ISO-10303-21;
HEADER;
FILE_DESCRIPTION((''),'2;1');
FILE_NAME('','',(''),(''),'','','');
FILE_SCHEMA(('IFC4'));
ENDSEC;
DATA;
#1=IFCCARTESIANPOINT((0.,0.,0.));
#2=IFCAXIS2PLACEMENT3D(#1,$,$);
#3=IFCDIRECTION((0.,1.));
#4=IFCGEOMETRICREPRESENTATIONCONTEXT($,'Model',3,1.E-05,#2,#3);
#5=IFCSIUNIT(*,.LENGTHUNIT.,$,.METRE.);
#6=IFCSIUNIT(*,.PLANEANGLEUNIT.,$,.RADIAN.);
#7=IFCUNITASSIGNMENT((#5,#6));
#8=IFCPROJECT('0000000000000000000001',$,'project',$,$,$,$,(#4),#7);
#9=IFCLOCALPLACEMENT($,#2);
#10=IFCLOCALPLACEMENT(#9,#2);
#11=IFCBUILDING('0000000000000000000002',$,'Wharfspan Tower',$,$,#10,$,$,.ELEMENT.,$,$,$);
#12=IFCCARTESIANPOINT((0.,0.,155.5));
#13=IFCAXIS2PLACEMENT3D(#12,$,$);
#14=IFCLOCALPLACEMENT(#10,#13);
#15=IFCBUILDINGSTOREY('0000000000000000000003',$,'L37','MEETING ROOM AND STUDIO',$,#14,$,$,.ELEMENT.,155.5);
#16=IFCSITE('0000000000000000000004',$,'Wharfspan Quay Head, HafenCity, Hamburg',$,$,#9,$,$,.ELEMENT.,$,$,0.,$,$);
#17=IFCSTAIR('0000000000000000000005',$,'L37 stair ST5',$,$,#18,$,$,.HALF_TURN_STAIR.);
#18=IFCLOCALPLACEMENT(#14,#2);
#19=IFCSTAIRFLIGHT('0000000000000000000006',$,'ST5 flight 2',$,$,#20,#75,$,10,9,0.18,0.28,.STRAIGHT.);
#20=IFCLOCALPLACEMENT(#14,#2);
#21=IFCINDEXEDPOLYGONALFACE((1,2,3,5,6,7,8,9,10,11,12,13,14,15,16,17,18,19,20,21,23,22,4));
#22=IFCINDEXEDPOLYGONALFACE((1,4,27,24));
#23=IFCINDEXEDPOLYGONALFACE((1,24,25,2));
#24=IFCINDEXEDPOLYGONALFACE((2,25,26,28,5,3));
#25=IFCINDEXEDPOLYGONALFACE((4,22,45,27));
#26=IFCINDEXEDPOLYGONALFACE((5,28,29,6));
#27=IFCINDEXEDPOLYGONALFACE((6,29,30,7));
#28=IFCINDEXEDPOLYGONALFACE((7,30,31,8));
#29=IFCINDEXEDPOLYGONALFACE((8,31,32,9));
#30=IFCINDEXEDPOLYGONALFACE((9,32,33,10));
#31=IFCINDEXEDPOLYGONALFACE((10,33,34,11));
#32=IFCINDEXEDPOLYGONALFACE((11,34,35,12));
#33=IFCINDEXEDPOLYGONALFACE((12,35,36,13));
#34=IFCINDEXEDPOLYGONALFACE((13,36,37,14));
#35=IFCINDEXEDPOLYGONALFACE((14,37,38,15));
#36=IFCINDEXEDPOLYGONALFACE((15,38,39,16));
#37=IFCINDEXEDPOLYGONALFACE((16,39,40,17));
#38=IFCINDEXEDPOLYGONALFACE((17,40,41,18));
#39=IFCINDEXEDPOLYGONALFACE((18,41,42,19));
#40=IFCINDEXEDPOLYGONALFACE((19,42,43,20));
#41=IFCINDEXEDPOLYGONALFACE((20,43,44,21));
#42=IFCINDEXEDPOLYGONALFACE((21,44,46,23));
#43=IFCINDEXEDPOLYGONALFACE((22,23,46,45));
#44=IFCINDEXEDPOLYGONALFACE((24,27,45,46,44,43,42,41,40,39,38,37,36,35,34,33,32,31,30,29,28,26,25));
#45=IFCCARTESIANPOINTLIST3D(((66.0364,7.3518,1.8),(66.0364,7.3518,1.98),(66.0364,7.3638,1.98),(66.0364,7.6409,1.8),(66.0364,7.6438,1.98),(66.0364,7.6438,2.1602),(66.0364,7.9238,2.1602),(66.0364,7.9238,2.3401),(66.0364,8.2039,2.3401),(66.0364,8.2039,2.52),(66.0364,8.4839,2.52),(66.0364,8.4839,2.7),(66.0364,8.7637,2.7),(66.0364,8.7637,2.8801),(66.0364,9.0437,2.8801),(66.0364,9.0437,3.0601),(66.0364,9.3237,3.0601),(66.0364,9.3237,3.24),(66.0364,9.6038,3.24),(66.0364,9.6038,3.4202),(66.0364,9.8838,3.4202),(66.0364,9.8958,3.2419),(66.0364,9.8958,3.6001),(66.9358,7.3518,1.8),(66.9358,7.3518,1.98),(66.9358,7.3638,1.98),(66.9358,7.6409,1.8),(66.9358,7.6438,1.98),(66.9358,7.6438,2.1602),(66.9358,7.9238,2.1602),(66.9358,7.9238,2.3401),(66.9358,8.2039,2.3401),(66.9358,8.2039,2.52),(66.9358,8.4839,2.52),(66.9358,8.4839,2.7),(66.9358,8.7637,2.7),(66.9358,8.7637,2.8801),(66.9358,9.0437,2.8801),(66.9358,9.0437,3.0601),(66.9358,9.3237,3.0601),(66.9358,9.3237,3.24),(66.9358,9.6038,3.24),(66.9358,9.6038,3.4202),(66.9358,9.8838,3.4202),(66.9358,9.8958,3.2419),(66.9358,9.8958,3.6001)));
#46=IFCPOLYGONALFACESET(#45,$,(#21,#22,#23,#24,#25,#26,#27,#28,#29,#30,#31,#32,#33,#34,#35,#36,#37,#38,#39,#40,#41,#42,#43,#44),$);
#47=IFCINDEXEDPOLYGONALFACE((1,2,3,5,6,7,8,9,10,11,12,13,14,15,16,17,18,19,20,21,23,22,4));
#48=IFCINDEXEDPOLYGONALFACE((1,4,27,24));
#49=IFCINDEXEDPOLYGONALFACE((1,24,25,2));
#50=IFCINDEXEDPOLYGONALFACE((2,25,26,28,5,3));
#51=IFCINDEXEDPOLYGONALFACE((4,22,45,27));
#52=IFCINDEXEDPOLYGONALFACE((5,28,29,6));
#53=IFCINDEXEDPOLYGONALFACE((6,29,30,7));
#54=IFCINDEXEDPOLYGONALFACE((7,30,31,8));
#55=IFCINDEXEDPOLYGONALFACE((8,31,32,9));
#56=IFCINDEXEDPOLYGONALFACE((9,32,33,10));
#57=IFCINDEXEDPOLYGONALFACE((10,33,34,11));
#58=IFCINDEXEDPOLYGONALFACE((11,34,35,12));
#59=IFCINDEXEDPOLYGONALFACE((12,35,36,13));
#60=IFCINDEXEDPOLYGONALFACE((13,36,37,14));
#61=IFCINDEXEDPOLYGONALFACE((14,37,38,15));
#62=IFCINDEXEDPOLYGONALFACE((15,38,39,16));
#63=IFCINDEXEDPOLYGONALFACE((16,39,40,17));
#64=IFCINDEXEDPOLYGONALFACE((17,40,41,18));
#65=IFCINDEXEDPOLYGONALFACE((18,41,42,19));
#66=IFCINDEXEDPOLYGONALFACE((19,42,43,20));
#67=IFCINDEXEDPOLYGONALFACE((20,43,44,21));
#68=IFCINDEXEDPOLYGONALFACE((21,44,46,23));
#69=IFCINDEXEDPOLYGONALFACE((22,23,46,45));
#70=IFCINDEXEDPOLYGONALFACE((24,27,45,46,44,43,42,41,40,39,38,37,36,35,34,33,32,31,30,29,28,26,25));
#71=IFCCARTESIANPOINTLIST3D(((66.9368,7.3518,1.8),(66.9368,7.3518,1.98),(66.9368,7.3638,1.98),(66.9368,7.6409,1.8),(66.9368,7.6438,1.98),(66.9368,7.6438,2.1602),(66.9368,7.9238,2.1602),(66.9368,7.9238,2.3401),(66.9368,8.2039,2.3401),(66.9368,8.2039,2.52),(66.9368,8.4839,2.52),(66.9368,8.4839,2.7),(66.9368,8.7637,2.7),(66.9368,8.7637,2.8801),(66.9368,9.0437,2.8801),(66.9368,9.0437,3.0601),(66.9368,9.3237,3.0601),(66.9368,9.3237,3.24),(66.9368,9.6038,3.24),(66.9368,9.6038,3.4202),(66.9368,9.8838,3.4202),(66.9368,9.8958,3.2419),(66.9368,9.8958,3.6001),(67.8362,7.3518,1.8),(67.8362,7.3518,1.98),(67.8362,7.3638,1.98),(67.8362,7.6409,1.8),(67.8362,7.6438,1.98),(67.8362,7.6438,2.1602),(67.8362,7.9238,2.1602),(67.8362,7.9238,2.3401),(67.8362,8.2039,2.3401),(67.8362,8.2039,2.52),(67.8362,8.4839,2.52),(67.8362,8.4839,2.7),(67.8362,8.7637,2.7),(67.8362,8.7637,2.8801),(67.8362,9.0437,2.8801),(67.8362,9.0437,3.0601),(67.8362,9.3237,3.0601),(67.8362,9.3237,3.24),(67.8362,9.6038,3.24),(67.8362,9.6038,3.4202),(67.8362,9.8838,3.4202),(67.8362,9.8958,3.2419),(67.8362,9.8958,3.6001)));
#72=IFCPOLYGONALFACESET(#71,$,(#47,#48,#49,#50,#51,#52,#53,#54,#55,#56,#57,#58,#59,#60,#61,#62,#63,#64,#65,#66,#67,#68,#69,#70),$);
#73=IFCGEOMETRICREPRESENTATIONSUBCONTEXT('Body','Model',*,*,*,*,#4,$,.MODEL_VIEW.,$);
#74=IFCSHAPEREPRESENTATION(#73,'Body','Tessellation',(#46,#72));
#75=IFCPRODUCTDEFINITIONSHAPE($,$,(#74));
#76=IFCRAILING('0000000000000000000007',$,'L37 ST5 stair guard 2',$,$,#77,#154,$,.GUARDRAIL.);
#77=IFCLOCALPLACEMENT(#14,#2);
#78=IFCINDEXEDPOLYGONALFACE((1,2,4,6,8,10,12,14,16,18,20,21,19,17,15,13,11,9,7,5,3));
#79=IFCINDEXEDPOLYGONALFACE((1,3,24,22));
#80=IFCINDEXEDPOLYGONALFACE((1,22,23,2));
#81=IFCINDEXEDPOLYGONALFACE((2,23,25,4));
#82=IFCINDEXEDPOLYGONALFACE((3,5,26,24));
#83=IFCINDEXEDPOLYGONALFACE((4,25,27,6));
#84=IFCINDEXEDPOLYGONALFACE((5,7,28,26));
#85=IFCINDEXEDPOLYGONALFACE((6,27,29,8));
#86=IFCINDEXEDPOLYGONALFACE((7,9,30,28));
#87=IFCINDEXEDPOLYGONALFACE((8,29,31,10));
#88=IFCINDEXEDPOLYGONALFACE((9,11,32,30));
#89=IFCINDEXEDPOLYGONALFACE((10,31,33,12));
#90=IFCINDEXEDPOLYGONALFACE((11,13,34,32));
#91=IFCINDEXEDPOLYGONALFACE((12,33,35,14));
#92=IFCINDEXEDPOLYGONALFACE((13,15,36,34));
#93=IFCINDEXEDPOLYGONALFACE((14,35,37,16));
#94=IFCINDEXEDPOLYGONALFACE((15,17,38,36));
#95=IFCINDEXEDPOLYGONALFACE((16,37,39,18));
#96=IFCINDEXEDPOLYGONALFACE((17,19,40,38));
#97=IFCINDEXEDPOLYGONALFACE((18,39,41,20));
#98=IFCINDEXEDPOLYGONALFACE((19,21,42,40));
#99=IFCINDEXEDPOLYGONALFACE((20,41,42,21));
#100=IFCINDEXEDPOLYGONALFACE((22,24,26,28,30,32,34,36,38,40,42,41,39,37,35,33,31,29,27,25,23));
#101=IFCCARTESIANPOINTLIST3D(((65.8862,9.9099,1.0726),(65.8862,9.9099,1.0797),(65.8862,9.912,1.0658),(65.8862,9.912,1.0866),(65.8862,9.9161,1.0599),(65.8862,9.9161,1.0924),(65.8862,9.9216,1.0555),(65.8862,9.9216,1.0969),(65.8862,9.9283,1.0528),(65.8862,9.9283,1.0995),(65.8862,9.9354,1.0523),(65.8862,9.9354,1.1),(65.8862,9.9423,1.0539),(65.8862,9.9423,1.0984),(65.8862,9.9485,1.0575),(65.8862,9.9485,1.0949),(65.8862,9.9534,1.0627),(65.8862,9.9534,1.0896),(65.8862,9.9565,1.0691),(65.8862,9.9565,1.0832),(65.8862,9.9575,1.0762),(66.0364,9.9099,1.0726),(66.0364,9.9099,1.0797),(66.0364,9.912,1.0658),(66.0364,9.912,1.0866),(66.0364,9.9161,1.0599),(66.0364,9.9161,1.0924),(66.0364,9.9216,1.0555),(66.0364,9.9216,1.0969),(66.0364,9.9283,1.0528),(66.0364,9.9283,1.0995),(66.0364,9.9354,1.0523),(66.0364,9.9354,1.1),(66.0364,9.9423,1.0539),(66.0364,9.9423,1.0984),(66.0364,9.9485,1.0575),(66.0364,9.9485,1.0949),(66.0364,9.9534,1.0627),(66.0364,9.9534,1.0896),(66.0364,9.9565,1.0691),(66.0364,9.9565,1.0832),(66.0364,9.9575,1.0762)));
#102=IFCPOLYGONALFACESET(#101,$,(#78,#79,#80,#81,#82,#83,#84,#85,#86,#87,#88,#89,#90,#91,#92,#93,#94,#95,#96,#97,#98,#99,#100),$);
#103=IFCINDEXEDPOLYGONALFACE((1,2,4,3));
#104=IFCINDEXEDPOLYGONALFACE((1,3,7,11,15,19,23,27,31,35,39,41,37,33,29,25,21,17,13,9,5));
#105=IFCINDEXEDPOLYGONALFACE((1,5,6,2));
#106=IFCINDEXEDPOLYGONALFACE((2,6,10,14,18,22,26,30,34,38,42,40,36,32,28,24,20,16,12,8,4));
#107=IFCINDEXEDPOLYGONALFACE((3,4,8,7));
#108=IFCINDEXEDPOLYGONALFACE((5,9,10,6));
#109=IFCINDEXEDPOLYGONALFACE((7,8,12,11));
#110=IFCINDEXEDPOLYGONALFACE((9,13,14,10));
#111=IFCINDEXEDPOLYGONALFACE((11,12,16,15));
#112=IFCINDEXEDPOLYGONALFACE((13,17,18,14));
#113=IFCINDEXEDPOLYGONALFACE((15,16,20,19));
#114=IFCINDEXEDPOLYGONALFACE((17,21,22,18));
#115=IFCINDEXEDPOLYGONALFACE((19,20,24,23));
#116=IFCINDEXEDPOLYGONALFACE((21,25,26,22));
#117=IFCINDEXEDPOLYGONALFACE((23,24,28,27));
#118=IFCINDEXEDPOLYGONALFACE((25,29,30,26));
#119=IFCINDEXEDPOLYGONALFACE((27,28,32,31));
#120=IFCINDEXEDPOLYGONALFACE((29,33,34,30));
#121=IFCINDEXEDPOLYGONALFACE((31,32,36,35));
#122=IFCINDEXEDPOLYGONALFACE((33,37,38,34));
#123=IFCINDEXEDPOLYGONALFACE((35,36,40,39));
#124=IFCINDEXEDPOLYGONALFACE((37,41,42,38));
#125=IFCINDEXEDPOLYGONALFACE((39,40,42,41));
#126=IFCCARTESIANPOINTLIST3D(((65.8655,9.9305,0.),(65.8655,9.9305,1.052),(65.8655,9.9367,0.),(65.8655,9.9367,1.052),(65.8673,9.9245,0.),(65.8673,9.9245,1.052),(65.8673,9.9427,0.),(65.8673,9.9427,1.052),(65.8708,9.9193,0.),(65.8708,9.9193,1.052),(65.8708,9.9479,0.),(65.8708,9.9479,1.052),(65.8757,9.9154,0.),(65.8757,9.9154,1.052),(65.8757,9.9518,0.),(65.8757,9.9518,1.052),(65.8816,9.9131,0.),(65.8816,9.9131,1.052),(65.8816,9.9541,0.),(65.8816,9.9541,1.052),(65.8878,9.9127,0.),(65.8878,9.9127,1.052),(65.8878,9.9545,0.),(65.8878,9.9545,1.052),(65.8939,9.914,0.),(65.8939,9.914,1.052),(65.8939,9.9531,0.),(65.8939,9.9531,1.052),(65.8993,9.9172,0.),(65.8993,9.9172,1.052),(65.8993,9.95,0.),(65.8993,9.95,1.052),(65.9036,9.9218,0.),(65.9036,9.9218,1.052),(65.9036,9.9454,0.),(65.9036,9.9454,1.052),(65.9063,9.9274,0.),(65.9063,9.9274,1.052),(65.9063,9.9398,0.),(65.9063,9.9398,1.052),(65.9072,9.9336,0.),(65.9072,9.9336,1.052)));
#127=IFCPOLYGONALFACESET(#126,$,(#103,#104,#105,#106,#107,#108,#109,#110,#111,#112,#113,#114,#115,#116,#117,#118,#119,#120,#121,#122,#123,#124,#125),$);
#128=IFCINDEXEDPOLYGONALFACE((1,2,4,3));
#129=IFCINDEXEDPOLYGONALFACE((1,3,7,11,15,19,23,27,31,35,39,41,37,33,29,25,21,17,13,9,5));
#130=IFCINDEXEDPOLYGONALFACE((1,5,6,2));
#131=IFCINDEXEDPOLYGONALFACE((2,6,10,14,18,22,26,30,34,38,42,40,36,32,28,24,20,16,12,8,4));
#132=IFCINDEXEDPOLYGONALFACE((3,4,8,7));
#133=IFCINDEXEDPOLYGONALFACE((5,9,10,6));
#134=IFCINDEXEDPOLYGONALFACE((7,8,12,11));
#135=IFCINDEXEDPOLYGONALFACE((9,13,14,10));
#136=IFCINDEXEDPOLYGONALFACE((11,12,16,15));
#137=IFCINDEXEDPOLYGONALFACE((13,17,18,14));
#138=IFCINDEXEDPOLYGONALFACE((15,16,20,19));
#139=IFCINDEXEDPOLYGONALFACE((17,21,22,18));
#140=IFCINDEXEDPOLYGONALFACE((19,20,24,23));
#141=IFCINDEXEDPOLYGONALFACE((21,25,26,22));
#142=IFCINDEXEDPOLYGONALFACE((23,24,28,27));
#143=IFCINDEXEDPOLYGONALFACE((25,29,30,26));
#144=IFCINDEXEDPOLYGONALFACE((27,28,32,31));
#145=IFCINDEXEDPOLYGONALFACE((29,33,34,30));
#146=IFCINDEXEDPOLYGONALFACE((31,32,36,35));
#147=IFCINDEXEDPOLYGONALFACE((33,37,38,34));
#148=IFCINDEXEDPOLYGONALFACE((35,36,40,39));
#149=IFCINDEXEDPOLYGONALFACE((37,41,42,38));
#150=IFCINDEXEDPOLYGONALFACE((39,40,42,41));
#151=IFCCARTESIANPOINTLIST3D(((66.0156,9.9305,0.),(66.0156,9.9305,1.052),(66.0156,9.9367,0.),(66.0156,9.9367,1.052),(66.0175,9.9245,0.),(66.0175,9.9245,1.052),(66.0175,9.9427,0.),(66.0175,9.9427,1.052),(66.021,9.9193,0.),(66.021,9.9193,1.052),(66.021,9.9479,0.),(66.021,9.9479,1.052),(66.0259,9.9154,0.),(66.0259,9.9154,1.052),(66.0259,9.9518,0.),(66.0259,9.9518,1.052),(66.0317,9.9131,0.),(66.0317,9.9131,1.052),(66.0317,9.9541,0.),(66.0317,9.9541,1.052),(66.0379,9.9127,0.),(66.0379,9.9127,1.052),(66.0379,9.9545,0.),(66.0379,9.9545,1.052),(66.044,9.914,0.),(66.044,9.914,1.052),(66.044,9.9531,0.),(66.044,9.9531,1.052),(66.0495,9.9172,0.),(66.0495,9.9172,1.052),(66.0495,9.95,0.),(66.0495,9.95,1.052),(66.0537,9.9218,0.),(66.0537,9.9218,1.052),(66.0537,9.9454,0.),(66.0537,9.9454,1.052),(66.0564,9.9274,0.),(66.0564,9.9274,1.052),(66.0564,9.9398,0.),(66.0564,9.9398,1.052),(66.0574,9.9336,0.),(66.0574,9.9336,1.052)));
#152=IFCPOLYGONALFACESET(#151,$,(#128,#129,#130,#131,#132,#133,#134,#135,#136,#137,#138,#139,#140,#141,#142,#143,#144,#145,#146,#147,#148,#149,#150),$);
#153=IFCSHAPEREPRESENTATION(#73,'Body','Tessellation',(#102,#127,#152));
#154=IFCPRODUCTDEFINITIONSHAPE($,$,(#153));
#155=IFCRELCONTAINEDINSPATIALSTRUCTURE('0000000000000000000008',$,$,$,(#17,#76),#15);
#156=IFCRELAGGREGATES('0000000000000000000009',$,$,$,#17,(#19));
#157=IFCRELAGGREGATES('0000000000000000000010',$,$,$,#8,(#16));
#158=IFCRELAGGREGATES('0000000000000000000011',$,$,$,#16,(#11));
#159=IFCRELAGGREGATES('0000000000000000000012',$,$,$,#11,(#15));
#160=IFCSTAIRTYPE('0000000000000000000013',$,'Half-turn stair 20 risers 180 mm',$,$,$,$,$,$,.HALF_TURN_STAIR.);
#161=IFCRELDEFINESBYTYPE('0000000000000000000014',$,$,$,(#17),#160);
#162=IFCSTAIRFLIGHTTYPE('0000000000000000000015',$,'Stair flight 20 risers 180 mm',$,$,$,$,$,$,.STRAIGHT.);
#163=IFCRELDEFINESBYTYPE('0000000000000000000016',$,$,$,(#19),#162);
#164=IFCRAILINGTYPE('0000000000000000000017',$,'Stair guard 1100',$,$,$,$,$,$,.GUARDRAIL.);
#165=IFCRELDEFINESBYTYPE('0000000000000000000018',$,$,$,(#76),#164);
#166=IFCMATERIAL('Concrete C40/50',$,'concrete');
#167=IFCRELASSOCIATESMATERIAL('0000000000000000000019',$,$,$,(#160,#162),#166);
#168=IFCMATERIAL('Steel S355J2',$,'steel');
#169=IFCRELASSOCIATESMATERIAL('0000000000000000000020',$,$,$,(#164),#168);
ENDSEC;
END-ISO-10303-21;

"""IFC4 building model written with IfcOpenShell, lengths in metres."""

from ifc_helpers import new_model, si_unit, direction, frame, origin, origin_2d, place, context, subcontext, project, spatial, polyline, circle, outline, extrude, material, type_object, element, aggregate, save


model = new_model("IFC4")

# Units and contexts
model_context = context("Model", 3, precision=1e-05, world=origin(), true_north=direction((0.0, 1.0)))
body_context = subcontext(model_context, "Body", "Model", "MODEL_VIEW")
ifc_project = project(units=[si_unit("LENGTHUNIT", "METRE"), si_unit("PLANEANGLEUNIT", "RADIAN")], contexts=[model_context])

# Site, building, storey
site_placement = place(None, origin())
site = spatial("IfcSite", under=ifc_project, at=site_placement, Name="Wharfspan Quay Head, HafenCity, Hamburg", CompositionType="ELEMENT", RefElevation=0.0)
building_placement = place(site_placement, origin())
building = spatial("IfcBuilding", under=site, at=building_placement, Name="Wharfspan Tower", CompositionType="ELEMENT")
storey_placement = place(building_placement, frame((0.0, 0.0, 155.5)))
storey = spatial("IfcBuildingStorey", under=building, at=storey_placement, Name="L37", Description="MEETING ROOM AND STUDIO", CompositionType="ELEMENT", Elevation=155.5)

# Shared definitions
ifc_material_1 = material(Name="Steel S355J2", Category="steel")

# Shared definitions
ifc_material_2 = material(Name="Concrete C40/50", Category="concrete")

# Stair, stair flight
stair_type = type_object("IfcStairType", Name="Half-turn stair 20 risers 180 mm", PredefinedType="HALF_TURN_STAIR", material=ifc_material_2)
stair_placement = place(storey_placement, origin())
stair = element("IfcStair", 1, at=stair_placement, inside=storey, type_object=stair_type, Name="L37 stair ST5", PredefinedType="HALF_TURN_STAIR")
stair_flight_type = type_object("IfcStairFlightType", Name="Stair flight 20 risers 180 mm", PredefinedType="STRAIGHT", material=ifc_material_2)
stair_flight_1_placement = place(storey_placement, frame((66.9363, 7.3638, 1.8), z_axis=(0.0, 0.0, 1.0), x_axis=(0.0, 1.0, 0.0)))
stair_flight_1 = element("IfcStairFlight", 2, at=stair_flight_1_placement, type_object=stair_flight_type, Name="ST5 flight 2", NumberOfRisers=10, NumberOfTreads=9, PredefinedType="STRAIGHT", RiserHeight=0.18, TreadLength=0.28, context=body_context, shape_type="SweptSolid", body=[
    extrude(outline(polyline([(-0.012, 0.0), (-0.012, 0.1799), (0.0, 0.1799), (0.28, 0.1799), (0.28, 0.3601), (0.5601, 0.3601), (0.5601, 0.54), (0.8401, 0.54), (0.8401, 0.72), (1.1201, 0.72), (1.1201, 0.8999), (1.3999, 0.8999), (1.3999, 1.0801), (1.6799, 1.0801), (1.6799, 1.26), (1.96, 1.26), (1.96, 1.4399), (2.24, 1.4399), (2.24, 1.6201), (2.52, 1.6201), (2.532, 1.8), (2.532, 1.4419), (0.2771, 0.0), (-0.012, 0.0)])), frame((0.0, 0.8999, 0.0), z_axis=(0.0, -1.0, 0.0), x_axis=(1.0, 0.0, 0.0)), (0.0, 0.0, 1.0), 0.8994),
    extrude(outline(polyline([(-0.012, 0.0), (-0.012, 0.1799), (0.0, 0.1799), (0.28, 0.1799), (0.28, 0.3601), (0.5601, 0.3601), (0.5601, 0.54), (0.8401, 0.54), (0.8401, 0.72), (1.1201, 0.72), (1.1201, 0.8999), (1.3999, 0.8999), (1.3999, 1.0801), (1.6799, 1.0801), (1.6799, 1.26), (1.96, 1.26), (1.96, 1.4399), (2.24, 1.4399), (2.24, 1.6201), (2.52, 1.6201), (2.532, 1.8), (2.532, 1.4419), (0.2771, 0.0), (-0.012, 0.0)])), frame((0.0, -0.0005, 0.0), z_axis=(0.0, -1.0, 0.0), x_axis=(1.0, 0.0, 0.0)), (0.0, 0.0, 1.0), 0.8994),
])
aggregate(stair, [stair_flight_1])

# Railing
railing_type_1 = type_object("IfcRailingType", Name="Stair guard 1100", PredefinedType="GUARDRAIL", material=ifc_material_1)
railing_1_placement = place(storey_placement, frame((65.8862, 9.9336, 0.0)))
element("IfcRailing", 3, at=railing_1_placement, inside=storey, type_object=railing_type_1, Name="L37 ST5 stair guard 2", PredefinedType="GUARDRAIL", context=body_context, shape_type="SweptSolid", body=[
    extrude(circle(Radius=0.0239, at=origin_2d()), frame((0.0, 0.0, 1.0762), z_axis=(1.0, 0.0, 0.0), x_axis=(0.0, 1.0, 0.0)), (0.0, 0.0, 1.0), 0.1501),
    extrude(circle(Radius=0.021, at=origin_2d()), origin(), (0.0, 0.0, 1.0), 1.052),
    extrude(circle(Radius=0.021, at=origin_2d()), frame((0.1501, 0.0, 0.0)), (0.0, 0.0, 1.0), 1.052),
])

save(model, "model.ifc")
